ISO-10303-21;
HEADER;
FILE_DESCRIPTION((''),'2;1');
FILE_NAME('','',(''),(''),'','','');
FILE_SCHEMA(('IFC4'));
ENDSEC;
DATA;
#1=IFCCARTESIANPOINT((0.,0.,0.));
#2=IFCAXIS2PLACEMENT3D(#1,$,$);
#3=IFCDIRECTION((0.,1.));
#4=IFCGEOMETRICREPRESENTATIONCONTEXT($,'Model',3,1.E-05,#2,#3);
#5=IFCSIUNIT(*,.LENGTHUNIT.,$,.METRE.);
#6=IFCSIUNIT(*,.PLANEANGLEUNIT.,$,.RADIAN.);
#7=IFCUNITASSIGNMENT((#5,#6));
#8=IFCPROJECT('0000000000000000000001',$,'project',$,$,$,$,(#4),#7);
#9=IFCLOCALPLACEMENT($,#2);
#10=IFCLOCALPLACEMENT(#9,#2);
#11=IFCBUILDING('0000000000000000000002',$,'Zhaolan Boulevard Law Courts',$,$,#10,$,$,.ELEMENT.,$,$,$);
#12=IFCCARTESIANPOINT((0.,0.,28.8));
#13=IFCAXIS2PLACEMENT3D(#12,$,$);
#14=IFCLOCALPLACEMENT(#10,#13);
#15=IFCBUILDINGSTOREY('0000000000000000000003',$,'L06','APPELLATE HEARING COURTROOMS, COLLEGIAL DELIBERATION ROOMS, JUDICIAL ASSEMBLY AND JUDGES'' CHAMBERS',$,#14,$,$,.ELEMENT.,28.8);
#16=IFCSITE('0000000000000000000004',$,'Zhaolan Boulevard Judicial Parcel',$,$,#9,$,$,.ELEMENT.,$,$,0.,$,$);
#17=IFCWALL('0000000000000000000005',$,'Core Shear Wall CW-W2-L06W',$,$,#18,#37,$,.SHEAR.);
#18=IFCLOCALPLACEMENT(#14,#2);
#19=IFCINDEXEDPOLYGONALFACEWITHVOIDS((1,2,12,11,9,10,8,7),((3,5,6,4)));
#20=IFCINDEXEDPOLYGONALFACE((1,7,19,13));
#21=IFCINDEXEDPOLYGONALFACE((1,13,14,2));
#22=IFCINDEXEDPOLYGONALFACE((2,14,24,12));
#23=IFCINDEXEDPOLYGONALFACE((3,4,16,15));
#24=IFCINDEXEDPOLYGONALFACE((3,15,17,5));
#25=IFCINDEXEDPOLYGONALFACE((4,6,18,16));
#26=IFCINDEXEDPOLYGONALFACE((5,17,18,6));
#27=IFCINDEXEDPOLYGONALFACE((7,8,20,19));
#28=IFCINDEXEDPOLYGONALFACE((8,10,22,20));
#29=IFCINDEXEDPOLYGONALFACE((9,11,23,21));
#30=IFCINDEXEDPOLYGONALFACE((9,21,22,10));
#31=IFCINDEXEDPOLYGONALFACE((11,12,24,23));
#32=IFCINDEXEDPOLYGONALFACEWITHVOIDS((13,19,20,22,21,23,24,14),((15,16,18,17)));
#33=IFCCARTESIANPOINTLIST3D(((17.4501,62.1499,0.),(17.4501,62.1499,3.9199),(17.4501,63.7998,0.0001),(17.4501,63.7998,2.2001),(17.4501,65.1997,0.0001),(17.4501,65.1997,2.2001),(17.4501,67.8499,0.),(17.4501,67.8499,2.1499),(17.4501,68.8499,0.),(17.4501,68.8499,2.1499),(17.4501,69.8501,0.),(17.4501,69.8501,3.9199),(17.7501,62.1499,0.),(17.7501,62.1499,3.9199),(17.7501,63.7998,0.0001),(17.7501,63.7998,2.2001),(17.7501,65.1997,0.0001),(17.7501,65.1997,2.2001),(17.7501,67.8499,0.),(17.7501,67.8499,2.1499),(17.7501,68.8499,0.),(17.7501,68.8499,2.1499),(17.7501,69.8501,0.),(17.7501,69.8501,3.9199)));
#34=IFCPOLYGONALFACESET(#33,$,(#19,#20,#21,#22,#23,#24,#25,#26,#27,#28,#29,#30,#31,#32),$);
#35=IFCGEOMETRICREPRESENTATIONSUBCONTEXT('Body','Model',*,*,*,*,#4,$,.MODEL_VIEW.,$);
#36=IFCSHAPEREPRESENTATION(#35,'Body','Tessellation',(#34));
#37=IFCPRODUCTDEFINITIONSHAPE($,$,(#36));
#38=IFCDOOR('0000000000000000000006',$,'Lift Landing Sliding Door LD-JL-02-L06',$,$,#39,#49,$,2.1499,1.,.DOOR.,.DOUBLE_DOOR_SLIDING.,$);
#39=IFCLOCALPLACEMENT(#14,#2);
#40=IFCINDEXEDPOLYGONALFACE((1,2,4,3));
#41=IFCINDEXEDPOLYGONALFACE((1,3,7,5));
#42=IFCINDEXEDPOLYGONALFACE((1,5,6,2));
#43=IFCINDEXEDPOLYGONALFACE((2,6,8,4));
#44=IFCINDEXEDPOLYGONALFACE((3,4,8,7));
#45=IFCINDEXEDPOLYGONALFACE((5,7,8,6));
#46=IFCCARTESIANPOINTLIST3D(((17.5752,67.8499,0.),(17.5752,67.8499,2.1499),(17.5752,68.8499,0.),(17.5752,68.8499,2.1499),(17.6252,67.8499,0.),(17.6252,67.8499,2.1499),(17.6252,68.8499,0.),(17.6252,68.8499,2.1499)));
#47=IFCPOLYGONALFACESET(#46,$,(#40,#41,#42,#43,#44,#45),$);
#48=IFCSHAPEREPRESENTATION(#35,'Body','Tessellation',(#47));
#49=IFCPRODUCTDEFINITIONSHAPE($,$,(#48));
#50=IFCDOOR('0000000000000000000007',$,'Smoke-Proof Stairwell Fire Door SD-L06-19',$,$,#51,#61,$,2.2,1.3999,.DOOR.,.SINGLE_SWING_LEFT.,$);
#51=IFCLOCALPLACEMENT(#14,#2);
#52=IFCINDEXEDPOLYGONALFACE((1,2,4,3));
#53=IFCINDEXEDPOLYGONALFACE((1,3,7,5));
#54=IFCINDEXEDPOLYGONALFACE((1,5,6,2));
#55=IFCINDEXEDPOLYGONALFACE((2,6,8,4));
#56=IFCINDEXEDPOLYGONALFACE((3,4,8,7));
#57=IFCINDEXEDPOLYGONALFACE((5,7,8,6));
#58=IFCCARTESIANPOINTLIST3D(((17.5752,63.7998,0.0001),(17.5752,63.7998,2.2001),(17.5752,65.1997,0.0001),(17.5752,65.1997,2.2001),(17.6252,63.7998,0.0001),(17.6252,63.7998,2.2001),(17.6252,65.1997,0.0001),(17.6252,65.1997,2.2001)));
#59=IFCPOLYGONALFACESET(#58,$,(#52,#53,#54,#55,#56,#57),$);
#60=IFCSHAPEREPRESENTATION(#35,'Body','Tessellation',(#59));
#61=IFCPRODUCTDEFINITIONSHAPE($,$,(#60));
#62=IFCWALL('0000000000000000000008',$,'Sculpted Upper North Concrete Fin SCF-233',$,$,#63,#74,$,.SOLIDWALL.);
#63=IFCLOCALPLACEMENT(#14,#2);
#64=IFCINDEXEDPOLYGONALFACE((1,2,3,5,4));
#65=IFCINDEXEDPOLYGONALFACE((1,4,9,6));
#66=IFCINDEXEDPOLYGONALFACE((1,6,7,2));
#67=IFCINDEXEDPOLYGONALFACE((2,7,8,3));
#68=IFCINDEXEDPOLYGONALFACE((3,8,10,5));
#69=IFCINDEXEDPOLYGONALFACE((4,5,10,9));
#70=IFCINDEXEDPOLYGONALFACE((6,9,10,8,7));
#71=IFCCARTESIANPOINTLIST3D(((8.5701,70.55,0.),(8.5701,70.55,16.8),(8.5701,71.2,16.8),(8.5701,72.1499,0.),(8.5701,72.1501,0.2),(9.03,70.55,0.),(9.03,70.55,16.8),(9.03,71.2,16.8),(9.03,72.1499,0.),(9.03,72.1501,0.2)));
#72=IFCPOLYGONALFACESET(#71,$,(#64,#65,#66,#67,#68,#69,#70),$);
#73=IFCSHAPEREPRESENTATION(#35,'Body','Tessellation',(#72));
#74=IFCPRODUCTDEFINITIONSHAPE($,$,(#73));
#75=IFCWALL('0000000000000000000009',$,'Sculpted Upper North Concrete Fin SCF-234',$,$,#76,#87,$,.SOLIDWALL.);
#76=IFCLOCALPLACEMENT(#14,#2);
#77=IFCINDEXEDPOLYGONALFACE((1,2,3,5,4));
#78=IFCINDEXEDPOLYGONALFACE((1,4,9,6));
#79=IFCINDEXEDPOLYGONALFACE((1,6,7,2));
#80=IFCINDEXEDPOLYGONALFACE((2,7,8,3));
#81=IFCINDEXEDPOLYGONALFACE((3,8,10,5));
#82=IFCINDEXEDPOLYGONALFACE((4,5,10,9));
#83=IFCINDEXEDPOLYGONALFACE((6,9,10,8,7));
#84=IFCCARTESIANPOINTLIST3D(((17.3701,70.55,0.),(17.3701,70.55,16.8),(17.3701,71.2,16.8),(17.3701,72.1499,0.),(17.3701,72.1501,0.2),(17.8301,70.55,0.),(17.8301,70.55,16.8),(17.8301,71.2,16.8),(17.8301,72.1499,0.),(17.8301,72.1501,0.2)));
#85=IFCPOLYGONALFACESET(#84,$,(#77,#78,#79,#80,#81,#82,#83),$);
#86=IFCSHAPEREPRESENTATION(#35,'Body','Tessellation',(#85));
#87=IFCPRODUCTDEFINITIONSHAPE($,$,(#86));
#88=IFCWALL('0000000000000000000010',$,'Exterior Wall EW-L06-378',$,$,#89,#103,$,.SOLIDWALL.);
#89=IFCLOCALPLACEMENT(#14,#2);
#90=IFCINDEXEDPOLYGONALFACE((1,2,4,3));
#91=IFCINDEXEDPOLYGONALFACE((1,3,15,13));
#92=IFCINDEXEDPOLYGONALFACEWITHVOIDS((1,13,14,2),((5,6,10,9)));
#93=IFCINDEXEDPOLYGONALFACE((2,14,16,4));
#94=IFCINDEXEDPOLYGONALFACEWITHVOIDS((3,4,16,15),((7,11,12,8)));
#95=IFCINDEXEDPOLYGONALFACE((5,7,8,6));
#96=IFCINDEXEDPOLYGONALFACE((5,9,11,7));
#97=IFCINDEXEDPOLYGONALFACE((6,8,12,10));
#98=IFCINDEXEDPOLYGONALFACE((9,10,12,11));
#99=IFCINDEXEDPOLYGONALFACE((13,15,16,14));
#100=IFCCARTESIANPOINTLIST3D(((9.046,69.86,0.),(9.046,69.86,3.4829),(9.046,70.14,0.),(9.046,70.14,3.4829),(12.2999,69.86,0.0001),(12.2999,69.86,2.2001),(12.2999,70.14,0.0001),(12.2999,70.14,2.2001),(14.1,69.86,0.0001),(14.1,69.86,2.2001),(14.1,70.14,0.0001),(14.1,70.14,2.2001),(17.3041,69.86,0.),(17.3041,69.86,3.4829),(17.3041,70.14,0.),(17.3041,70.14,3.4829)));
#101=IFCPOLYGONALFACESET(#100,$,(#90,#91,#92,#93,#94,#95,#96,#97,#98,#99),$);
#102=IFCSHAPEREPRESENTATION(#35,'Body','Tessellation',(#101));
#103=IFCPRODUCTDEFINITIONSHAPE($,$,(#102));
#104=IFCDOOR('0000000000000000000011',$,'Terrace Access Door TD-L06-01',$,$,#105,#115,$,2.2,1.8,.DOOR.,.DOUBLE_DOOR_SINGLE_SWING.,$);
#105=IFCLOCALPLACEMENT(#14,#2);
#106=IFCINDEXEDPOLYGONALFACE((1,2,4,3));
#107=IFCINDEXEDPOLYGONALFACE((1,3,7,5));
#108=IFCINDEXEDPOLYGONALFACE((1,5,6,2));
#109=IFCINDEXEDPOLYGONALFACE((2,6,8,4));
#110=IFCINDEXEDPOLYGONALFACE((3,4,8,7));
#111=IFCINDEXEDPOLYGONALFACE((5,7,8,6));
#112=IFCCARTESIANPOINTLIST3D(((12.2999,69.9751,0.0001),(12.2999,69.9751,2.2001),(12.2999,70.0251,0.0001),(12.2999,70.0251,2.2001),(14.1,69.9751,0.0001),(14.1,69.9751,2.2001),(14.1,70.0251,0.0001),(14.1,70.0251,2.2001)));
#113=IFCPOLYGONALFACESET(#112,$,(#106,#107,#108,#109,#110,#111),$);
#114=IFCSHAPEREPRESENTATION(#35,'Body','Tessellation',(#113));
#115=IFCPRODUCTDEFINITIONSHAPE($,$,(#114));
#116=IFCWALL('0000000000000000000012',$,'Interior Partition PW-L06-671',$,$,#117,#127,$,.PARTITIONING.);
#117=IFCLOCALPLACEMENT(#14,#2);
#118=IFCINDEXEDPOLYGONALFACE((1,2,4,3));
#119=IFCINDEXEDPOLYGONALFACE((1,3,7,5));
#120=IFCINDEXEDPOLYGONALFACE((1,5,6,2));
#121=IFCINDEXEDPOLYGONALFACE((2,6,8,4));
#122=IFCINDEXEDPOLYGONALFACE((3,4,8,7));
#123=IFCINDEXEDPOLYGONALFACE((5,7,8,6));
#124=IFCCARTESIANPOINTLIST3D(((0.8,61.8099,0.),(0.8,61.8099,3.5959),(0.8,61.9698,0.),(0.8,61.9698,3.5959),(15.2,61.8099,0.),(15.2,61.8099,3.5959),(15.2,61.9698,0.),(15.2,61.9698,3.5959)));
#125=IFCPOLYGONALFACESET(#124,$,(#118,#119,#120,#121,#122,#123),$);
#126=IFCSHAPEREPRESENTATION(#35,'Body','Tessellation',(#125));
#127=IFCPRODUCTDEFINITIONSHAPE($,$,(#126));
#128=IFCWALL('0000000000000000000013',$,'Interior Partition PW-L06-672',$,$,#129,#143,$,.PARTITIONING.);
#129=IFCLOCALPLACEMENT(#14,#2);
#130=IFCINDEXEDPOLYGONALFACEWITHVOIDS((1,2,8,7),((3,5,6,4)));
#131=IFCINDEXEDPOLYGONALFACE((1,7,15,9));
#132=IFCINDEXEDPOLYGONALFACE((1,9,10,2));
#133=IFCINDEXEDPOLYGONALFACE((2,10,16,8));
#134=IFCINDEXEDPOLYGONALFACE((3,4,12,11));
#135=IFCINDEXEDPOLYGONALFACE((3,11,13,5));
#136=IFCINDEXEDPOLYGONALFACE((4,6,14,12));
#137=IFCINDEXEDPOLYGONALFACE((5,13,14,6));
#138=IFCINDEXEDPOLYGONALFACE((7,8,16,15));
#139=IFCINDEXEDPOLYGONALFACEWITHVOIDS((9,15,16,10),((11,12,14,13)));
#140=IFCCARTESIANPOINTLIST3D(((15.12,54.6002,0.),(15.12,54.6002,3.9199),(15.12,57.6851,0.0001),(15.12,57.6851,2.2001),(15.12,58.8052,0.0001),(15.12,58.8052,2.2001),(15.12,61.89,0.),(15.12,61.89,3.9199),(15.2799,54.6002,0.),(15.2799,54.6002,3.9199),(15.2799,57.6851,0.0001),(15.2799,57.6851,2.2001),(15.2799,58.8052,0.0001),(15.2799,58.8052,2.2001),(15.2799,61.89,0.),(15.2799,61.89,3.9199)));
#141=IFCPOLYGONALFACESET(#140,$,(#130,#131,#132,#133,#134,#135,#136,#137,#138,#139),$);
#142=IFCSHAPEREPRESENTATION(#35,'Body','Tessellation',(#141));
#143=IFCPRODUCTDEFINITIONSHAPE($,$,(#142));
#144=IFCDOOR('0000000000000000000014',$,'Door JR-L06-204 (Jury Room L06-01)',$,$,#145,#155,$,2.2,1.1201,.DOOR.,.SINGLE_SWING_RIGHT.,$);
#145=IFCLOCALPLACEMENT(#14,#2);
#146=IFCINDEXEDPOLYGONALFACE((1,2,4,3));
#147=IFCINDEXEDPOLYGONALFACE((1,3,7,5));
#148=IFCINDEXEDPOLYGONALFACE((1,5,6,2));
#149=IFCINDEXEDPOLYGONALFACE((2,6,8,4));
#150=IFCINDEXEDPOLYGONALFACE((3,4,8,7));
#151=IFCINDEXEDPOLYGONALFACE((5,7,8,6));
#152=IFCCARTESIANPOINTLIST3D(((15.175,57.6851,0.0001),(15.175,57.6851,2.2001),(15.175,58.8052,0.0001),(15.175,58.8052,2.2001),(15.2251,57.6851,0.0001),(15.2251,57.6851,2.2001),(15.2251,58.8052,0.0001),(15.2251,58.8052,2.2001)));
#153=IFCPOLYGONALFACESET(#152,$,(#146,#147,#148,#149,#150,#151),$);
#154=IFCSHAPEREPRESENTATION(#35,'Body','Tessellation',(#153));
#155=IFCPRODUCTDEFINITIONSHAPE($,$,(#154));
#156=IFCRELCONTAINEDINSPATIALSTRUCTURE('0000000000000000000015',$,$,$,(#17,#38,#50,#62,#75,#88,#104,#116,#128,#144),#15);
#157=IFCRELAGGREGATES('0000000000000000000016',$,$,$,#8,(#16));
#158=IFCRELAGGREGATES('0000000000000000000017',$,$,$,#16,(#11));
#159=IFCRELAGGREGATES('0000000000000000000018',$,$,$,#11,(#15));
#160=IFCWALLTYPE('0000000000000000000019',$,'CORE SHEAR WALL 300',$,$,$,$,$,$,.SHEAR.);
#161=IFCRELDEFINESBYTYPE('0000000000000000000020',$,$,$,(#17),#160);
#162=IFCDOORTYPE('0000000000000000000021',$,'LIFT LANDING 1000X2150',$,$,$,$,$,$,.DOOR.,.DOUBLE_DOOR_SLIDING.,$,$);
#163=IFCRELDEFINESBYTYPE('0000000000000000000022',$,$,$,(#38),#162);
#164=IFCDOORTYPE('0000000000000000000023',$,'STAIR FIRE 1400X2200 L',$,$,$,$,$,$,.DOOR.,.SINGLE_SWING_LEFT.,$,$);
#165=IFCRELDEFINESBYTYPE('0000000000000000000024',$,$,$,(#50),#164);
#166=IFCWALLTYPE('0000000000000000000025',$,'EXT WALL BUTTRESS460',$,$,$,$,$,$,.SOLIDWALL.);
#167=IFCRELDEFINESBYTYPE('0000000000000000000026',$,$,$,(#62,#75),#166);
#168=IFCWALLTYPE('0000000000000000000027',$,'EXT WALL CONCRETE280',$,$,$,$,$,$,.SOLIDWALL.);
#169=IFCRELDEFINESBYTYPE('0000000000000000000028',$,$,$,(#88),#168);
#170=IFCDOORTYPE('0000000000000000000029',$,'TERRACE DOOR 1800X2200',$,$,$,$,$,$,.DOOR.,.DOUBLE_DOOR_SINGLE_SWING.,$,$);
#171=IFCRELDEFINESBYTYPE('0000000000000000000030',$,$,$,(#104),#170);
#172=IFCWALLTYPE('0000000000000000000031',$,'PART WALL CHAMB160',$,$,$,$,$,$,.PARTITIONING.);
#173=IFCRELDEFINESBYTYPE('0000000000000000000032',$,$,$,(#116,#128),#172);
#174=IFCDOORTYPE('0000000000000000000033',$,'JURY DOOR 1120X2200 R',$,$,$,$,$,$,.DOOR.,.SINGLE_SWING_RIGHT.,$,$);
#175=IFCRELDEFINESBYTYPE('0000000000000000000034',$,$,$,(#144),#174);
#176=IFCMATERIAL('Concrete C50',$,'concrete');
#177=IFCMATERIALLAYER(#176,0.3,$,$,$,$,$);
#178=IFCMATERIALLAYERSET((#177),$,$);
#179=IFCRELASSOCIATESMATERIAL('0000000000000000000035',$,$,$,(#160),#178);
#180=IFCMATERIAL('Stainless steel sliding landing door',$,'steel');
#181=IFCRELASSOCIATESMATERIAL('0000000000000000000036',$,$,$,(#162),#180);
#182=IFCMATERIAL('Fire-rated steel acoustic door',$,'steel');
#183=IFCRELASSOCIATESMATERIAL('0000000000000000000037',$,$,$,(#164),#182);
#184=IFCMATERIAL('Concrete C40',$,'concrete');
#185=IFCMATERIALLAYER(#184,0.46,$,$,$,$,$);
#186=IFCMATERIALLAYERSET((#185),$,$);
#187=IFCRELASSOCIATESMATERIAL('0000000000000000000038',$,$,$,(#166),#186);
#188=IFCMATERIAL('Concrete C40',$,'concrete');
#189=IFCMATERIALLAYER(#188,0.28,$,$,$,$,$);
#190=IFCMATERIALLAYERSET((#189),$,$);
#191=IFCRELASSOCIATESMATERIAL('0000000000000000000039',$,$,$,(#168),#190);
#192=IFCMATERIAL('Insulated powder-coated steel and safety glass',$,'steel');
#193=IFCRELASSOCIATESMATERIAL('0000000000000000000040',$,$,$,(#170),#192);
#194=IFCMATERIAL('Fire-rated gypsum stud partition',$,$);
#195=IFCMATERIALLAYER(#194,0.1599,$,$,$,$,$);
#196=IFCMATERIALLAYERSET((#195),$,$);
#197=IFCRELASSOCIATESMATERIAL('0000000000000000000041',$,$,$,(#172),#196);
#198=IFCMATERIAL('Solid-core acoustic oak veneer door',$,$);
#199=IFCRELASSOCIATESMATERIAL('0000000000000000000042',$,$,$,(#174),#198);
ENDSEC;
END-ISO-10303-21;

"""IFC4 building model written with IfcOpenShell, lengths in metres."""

from ifc_helpers import new_model, si_unit, direction, frame, frame_2d, origin, place, context, subcontext, project, spatial, polyline, rectangle, outline, extrude, material, layer, layer_set, type_object, element, fill, save


model = new_model("IFC4")

# Units and contexts
model_context = context("Model", 3, precision=1e-05, world=origin(), true_north=direction((0.0, 1.0)))
body_context = subcontext(model_context, "Body", "Model", "MODEL_VIEW")
ifc_project = project(units=[si_unit("LENGTHUNIT", "METRE"), si_unit("PLANEANGLEUNIT", "RADIAN")], contexts=[model_context])

# Site, building, storey
site_placement = place(None, origin())
site = spatial("IfcSite", under=ifc_project, at=site_placement, Name="Zhaolan Boulevard Judicial Parcel", CompositionType="ELEMENT", RefElevation=0.0)
building_placement = place(site_placement, origin())
building = spatial("IfcBuilding", under=site, at=building_placement, Name="Zhaolan Boulevard Law Courts", CompositionType="ELEMENT")
storey_placement = place(building_placement, frame((0.0, 0.0, 28.8)))
storey = spatial("IfcBuildingStorey", under=building, at=storey_placement, Name="L06", Description="APPELLATE HEARING COURTROOMS, COLLEGIAL DELIBERATION ROOMS, JUDICIAL ASSEMBLY AND JUDGES' CHAMBERS", CompositionType="ELEMENT", Elevation=28.8)

# Shared definitions
ifc_material_1 = material(Name="Concrete C50", Category="concrete")
ifc_layer_1 = layer(ifc_material_1, 0.3)
ifc_layer_set_1 = layer_set([ifc_layer_1])
wall_type_1 = type_object("IfcWallType", Name="CORE SHEAR WALL 300", PredefinedType="SHEAR", material=ifc_layer_set_1)

# Wall, openings, doors
wall_1_placement = place(storey_placement, frame((17.6001, 62.1499, 0.0), z_axis=(0.0, 0.0, 1.0), x_axis=(0.0, 1.0, 0.0)))
wall_1 = element("IfcWall", 1, at=wall_1_placement, inside=storey, type_object=wall_type_1, Name="Core Shear Wall CW-W2-L06W", PredefinedType="SHEAR", context=body_context, shape_type="SweptSolid", body=[
    extrude(rectangle(XDim=7.7002, YDim=0.3, at=frame_2d((3.8501, 0.0))), origin(), (0.0, 0.0, 1.0), 3.9199),
])
opening_1_placement = place(wall_1_placement, frame((1.6499, 0.0, 0.0)))
opening_1 = element("IfcOpeningElement", 2, at=opening_1_placement, cuts=wall_1, PredefinedType="OPENING", context=body_context, shape_type="SweptSolid", body=[
    extrude(rectangle(XDim=1.3999, YDim=2.2, at=frame_2d((0.7, 1.1001))), frame((0.0, 0.1599, 0.0), z_axis=(0.0, -1.0, 0.0), x_axis=(1.0, 0.0, 0.0)), (0.0, 0.0, 1.0), 0.3201),
])
opening_2_placement = place(wall_1_placement, frame((5.7, 0.0, 0.0)))
opening_2 = element("IfcOpeningElement", 3, at=opening_2_placement, cuts=wall_1, PredefinedType="OPENING", context=body_context, shape_type="SweptSolid", body=[
    extrude(rectangle(XDim=1.0, YDim=2.1499, at=frame_2d((0.5, 1.075))), frame((0.0, 0.1599, 0.0), z_axis=(0.0, -1.0, 0.0), x_axis=(1.0, 0.0, 0.0)), (0.0, 0.0, 1.0), 0.3201),
])
ifc_material_2 = material(Name="Stainless steel sliding landing door", Category="steel")
door_type_1 = type_object("IfcDoorType", Name="LIFT LANDING 1000X2150", OperationType="DOUBLE_DOOR_SLIDING", PredefinedType="DOOR", material=ifc_material_2)
door_1_placement = place(opening_2_placement, origin())
door_1 = element("IfcDoor", 4, at=door_1_placement, inside=storey, type_object=door_type_1, Name="Lift Landing Sliding Door LD-JL-02-L06", OperationType="DOUBLE_DOOR_SLIDING", OverallHeight=2.1499, OverallWidth=1.0, PredefinedType="DOOR", context=body_context, shape_type="SweptSolid", body=[
    extrude(rectangle(XDim=1.0, YDim=2.1499, at=frame_2d((0.5, 1.075))), frame((0.0, 0.0249, 0.0), z_axis=(0.0, -1.0, 0.0), x_axis=(1.0, 0.0, 0.0)), (0.0, 0.0, 1.0), 0.05),
])
fill(opening_2, door_1)
ifc_material_3 = material(Name="Fire-rated steel acoustic door", Category="steel")
door_type_2 = type_object("IfcDoorType", Name="STAIR FIRE 1400X2200 L", OperationType="SINGLE_SWING_LEFT", PredefinedType="DOOR", material=ifc_material_3)
door_2_placement = place(opening_1_placement, origin())
door_2 = element("IfcDoor", 5, at=door_2_placement, inside=storey, type_object=door_type_2, Name="Smoke-Proof Stairwell Fire Door SD-L06-19", OperationType="SINGLE_SWING_LEFT", OverallHeight=2.2, OverallWidth=1.3999, PredefinedType="DOOR", context=body_context, shape_type="SweptSolid", body=[
    extrude(rectangle(XDim=1.3999, YDim=2.2, at=frame_2d((0.7, 1.1001))), frame((0.0, 0.0249, 0.0), z_axis=(0.0, -1.0, 0.0), x_axis=(1.0, 0.0, 0.0)), (0.0, 0.0, 1.0), 0.05),
])
fill(opening_1, door_2)

# Walls
ifc_material_4 = material(Name="Concrete C40", Category="concrete")
ifc_layer_2 = layer(ifc_material_4, 0.46)
ifc_layer_set_2 = layer_set([ifc_layer_2])
wall_type_2 = type_object("IfcWallType", Name="EXT WALL BUTTRESS460", PredefinedType="SOLIDWALL", material=ifc_layer_set_2)
for number, where, z_axis, x_axis, name in (
    (6, (8.8, 70.55, 0.0), (0.0, 0.0, 1.0), (0.0, 1.0, 0.0), "Sculpted Upper North Concrete Fin SCF-233"),
    (7, (17.6001, 70.55, 0.0), (0.0, 0.0, 1.0), (0.0, 1.0, 0.0), "Sculpted Upper North Concrete Fin SCF-234"),
):
    element("IfcWall", number, at=place(storey_placement, frame(where, z_axis=z_axis, x_axis=x_axis)), inside=storey, type_object=wall_type_2, Name=name, PredefinedType="SOLIDWALL", context=body_context, shape_type="SweptSolid", body=[
        extrude(outline(polyline([(0.0, 0.0), (1.5999, 0.0), (1.6001, 0.2), (0.6499, 16.8), (0.0, 16.8), (0.0, 0.0)])), frame((0.0, 0.23, 0.0), z_axis=(0.0, -1.0, 0.0), x_axis=(1.0, 0.0, 0.0)), (0.0, 0.0, 1.0), 0.46),
    ])

# Wall, opening, door
ifc_material_5 = material(Name="Concrete C40", Category="concrete")
ifc_layer_3 = layer(ifc_material_5, 0.28)
ifc_layer_set_3 = layer_set([ifc_layer_3])
wall_type_3 = type_object("IfcWallType", Name="EXT WALL CONCRETE280", PredefinedType="SOLIDWALL", material=ifc_layer_set_3)
wall_2_placement = place(storey_placement, frame((17.304, 70.0, 0.0), z_axis=(0.0, 0.0, 1.0), x_axis=(-1.0, 0.0, 0.0)))
wall_2 = element("IfcWall", 8, at=wall_2_placement, inside=storey, type_object=wall_type_3, Name="Exterior Wall EW-L06-378", PredefinedType="SOLIDWALL", context=body_context, shape_type="SweptSolid", body=[
    extrude(rectangle(XDim=8.2581, YDim=0.28, at=frame_2d((4.1289, 0.0))), origin(), (0.0, 0.0, 1.0), 3.4829),
])
opening_3_placement = place(wall_2_placement, frame((3.2041, 0.0, 0.0)))
opening_3 = element("IfcOpeningElement", 9, at=opening_3_placement, cuts=wall_2, PredefinedType="OPENING", context=body_context, shape_type="SweptSolid", body=[
    extrude(rectangle(XDim=1.8, YDim=2.2, at=frame_2d((0.8999, 1.1001))), frame((0.0, 0.1499, 0.0), z_axis=(0.0, -1.0, 0.0), x_axis=(1.0, 0.0, 0.0)), (0.0, 0.0, 1.0), 0.3),
])
ifc_material_6 = material(Name="Insulated powder-coated steel and safety glass", Category="steel")
door_type_3 = type_object("IfcDoorType", Name="TERRACE DOOR 1800X2200", OperationType="DOUBLE_DOOR_SINGLE_SWING", PredefinedType="DOOR", material=ifc_material_6)
door_3_placement = place(opening_3_placement, origin())
door_3 = element("IfcDoor", 10, at=door_3_placement, inside=storey, type_object=door_type_3, Name="Terrace Access Door TD-L06-01", OperationType="DOUBLE_DOOR_SINGLE_SWING", OverallHeight=2.2, OverallWidth=1.8, PredefinedType="DOOR", context=body_context, shape_type="SweptSolid", body=[
    extrude(rectangle(XDim=1.8, YDim=2.2, at=frame_2d((0.8999, 1.1001))), frame((0.0, 0.0249, 0.0), z_axis=(0.0, -1.0, 0.0), x_axis=(1.0, 0.0, 0.0)), (0.0, 0.0, 1.0), 0.05),
])
fill(opening_3, door_3)

# Wall
ifc_material_7 = material(Name="Fire-rated gypsum stud partition")
ifc_layer_4 = layer(ifc_material_7, 0.1599)
ifc_layer_set_4 = layer_set([ifc_layer_4])
wall_type_4 = type_object("IfcWallType", Name="PART WALL CHAMB160", PredefinedType="PARTITIONING", material=ifc_layer_set_4)
wall_3_placement = place(storey_placement, frame((15.2, 61.8899, 0.0), z_axis=(0.0, 0.0, 1.0), x_axis=(-1.0, 0.0, 0.0)))
element("IfcWall", 11, at=wall_3_placement, inside=storey, type_object=wall_type_4, Name="Interior Partition PW-L06-671", PredefinedType="PARTITIONING", context=body_context, shape_type="SweptSolid", body=[
    extrude(rectangle(XDim=14.3999, YDim=0.1599, at=frame_2d((7.2, 0.0))), origin(), (0.0, 0.0, 1.0), 3.5959),
])

# Wall, opening, door
wall_4_placement = place(storey_placement, frame((15.2, 54.6001, 0.0), z_axis=(0.0, 0.0, 1.0), x_axis=(0.0, 1.0, 0.0)))
wall_4 = element("IfcWall", 12, at=wall_4_placement, inside=storey, type_object=wall_type_4, Name="Interior Partition PW-L06-672", PredefinedType="PARTITIONING", context=body_context, shape_type="SweptSolid", body=[
    extrude(rectangle(XDim=7.2898, YDim=0.1599, at=frame_2d((3.645, 0.0))), origin(), (0.0, 0.0, 1.0), 3.9199),
])
opening_4_placement = place(wall_4_placement, frame((3.085, 0.0, 0.0)))
opening_4 = element("IfcOpeningElement", 13, at=opening_4_placement, cuts=wall_4, PredefinedType="OPENING", context=body_context, shape_type="SweptSolid", body=[
    extrude(rectangle(XDim=1.1201, YDim=2.2, at=frame_2d((0.5601, 1.1001))), frame((0.0, 0.0898, 0.0), z_axis=(0.0, -1.0, 0.0), x_axis=(1.0, 0.0, 0.0)), (0.0, 0.0, 1.0), 0.1799),
])
ifc_material_8 = material(Name="Solid-core acoustic oak veneer door")
door_type_4 = type_object("IfcDoorType", Name="JURY DOOR 1120X2200 R", OperationType="SINGLE_SWING_RIGHT", PredefinedType="DOOR", material=ifc_material_8)
door_4_placement = place(opening_4_placement, origin())
door_4 = element("IfcDoor", 14, at=door_4_placement, inside=storey, type_object=door_type_4, Name="Door JR-L06-204 (Jury Room L06-01)", OperationType="SINGLE_SWING_RIGHT", OverallHeight=2.2, OverallWidth=1.1201, PredefinedType="DOOR", context=body_context, shape_type="SweptSolid", body=[
    extrude(rectangle(XDim=1.1201, YDim=2.2, at=frame_2d((0.5601, 1.1001))), frame((0.0, 0.0249, 0.0), z_axis=(0.0, -1.0, 0.0), x_axis=(1.0, 0.0, 0.0)), (0.0, 0.0, 1.0), 0.05),
])
fill(opening_4, door_4)

save(model, "model.ifc")
